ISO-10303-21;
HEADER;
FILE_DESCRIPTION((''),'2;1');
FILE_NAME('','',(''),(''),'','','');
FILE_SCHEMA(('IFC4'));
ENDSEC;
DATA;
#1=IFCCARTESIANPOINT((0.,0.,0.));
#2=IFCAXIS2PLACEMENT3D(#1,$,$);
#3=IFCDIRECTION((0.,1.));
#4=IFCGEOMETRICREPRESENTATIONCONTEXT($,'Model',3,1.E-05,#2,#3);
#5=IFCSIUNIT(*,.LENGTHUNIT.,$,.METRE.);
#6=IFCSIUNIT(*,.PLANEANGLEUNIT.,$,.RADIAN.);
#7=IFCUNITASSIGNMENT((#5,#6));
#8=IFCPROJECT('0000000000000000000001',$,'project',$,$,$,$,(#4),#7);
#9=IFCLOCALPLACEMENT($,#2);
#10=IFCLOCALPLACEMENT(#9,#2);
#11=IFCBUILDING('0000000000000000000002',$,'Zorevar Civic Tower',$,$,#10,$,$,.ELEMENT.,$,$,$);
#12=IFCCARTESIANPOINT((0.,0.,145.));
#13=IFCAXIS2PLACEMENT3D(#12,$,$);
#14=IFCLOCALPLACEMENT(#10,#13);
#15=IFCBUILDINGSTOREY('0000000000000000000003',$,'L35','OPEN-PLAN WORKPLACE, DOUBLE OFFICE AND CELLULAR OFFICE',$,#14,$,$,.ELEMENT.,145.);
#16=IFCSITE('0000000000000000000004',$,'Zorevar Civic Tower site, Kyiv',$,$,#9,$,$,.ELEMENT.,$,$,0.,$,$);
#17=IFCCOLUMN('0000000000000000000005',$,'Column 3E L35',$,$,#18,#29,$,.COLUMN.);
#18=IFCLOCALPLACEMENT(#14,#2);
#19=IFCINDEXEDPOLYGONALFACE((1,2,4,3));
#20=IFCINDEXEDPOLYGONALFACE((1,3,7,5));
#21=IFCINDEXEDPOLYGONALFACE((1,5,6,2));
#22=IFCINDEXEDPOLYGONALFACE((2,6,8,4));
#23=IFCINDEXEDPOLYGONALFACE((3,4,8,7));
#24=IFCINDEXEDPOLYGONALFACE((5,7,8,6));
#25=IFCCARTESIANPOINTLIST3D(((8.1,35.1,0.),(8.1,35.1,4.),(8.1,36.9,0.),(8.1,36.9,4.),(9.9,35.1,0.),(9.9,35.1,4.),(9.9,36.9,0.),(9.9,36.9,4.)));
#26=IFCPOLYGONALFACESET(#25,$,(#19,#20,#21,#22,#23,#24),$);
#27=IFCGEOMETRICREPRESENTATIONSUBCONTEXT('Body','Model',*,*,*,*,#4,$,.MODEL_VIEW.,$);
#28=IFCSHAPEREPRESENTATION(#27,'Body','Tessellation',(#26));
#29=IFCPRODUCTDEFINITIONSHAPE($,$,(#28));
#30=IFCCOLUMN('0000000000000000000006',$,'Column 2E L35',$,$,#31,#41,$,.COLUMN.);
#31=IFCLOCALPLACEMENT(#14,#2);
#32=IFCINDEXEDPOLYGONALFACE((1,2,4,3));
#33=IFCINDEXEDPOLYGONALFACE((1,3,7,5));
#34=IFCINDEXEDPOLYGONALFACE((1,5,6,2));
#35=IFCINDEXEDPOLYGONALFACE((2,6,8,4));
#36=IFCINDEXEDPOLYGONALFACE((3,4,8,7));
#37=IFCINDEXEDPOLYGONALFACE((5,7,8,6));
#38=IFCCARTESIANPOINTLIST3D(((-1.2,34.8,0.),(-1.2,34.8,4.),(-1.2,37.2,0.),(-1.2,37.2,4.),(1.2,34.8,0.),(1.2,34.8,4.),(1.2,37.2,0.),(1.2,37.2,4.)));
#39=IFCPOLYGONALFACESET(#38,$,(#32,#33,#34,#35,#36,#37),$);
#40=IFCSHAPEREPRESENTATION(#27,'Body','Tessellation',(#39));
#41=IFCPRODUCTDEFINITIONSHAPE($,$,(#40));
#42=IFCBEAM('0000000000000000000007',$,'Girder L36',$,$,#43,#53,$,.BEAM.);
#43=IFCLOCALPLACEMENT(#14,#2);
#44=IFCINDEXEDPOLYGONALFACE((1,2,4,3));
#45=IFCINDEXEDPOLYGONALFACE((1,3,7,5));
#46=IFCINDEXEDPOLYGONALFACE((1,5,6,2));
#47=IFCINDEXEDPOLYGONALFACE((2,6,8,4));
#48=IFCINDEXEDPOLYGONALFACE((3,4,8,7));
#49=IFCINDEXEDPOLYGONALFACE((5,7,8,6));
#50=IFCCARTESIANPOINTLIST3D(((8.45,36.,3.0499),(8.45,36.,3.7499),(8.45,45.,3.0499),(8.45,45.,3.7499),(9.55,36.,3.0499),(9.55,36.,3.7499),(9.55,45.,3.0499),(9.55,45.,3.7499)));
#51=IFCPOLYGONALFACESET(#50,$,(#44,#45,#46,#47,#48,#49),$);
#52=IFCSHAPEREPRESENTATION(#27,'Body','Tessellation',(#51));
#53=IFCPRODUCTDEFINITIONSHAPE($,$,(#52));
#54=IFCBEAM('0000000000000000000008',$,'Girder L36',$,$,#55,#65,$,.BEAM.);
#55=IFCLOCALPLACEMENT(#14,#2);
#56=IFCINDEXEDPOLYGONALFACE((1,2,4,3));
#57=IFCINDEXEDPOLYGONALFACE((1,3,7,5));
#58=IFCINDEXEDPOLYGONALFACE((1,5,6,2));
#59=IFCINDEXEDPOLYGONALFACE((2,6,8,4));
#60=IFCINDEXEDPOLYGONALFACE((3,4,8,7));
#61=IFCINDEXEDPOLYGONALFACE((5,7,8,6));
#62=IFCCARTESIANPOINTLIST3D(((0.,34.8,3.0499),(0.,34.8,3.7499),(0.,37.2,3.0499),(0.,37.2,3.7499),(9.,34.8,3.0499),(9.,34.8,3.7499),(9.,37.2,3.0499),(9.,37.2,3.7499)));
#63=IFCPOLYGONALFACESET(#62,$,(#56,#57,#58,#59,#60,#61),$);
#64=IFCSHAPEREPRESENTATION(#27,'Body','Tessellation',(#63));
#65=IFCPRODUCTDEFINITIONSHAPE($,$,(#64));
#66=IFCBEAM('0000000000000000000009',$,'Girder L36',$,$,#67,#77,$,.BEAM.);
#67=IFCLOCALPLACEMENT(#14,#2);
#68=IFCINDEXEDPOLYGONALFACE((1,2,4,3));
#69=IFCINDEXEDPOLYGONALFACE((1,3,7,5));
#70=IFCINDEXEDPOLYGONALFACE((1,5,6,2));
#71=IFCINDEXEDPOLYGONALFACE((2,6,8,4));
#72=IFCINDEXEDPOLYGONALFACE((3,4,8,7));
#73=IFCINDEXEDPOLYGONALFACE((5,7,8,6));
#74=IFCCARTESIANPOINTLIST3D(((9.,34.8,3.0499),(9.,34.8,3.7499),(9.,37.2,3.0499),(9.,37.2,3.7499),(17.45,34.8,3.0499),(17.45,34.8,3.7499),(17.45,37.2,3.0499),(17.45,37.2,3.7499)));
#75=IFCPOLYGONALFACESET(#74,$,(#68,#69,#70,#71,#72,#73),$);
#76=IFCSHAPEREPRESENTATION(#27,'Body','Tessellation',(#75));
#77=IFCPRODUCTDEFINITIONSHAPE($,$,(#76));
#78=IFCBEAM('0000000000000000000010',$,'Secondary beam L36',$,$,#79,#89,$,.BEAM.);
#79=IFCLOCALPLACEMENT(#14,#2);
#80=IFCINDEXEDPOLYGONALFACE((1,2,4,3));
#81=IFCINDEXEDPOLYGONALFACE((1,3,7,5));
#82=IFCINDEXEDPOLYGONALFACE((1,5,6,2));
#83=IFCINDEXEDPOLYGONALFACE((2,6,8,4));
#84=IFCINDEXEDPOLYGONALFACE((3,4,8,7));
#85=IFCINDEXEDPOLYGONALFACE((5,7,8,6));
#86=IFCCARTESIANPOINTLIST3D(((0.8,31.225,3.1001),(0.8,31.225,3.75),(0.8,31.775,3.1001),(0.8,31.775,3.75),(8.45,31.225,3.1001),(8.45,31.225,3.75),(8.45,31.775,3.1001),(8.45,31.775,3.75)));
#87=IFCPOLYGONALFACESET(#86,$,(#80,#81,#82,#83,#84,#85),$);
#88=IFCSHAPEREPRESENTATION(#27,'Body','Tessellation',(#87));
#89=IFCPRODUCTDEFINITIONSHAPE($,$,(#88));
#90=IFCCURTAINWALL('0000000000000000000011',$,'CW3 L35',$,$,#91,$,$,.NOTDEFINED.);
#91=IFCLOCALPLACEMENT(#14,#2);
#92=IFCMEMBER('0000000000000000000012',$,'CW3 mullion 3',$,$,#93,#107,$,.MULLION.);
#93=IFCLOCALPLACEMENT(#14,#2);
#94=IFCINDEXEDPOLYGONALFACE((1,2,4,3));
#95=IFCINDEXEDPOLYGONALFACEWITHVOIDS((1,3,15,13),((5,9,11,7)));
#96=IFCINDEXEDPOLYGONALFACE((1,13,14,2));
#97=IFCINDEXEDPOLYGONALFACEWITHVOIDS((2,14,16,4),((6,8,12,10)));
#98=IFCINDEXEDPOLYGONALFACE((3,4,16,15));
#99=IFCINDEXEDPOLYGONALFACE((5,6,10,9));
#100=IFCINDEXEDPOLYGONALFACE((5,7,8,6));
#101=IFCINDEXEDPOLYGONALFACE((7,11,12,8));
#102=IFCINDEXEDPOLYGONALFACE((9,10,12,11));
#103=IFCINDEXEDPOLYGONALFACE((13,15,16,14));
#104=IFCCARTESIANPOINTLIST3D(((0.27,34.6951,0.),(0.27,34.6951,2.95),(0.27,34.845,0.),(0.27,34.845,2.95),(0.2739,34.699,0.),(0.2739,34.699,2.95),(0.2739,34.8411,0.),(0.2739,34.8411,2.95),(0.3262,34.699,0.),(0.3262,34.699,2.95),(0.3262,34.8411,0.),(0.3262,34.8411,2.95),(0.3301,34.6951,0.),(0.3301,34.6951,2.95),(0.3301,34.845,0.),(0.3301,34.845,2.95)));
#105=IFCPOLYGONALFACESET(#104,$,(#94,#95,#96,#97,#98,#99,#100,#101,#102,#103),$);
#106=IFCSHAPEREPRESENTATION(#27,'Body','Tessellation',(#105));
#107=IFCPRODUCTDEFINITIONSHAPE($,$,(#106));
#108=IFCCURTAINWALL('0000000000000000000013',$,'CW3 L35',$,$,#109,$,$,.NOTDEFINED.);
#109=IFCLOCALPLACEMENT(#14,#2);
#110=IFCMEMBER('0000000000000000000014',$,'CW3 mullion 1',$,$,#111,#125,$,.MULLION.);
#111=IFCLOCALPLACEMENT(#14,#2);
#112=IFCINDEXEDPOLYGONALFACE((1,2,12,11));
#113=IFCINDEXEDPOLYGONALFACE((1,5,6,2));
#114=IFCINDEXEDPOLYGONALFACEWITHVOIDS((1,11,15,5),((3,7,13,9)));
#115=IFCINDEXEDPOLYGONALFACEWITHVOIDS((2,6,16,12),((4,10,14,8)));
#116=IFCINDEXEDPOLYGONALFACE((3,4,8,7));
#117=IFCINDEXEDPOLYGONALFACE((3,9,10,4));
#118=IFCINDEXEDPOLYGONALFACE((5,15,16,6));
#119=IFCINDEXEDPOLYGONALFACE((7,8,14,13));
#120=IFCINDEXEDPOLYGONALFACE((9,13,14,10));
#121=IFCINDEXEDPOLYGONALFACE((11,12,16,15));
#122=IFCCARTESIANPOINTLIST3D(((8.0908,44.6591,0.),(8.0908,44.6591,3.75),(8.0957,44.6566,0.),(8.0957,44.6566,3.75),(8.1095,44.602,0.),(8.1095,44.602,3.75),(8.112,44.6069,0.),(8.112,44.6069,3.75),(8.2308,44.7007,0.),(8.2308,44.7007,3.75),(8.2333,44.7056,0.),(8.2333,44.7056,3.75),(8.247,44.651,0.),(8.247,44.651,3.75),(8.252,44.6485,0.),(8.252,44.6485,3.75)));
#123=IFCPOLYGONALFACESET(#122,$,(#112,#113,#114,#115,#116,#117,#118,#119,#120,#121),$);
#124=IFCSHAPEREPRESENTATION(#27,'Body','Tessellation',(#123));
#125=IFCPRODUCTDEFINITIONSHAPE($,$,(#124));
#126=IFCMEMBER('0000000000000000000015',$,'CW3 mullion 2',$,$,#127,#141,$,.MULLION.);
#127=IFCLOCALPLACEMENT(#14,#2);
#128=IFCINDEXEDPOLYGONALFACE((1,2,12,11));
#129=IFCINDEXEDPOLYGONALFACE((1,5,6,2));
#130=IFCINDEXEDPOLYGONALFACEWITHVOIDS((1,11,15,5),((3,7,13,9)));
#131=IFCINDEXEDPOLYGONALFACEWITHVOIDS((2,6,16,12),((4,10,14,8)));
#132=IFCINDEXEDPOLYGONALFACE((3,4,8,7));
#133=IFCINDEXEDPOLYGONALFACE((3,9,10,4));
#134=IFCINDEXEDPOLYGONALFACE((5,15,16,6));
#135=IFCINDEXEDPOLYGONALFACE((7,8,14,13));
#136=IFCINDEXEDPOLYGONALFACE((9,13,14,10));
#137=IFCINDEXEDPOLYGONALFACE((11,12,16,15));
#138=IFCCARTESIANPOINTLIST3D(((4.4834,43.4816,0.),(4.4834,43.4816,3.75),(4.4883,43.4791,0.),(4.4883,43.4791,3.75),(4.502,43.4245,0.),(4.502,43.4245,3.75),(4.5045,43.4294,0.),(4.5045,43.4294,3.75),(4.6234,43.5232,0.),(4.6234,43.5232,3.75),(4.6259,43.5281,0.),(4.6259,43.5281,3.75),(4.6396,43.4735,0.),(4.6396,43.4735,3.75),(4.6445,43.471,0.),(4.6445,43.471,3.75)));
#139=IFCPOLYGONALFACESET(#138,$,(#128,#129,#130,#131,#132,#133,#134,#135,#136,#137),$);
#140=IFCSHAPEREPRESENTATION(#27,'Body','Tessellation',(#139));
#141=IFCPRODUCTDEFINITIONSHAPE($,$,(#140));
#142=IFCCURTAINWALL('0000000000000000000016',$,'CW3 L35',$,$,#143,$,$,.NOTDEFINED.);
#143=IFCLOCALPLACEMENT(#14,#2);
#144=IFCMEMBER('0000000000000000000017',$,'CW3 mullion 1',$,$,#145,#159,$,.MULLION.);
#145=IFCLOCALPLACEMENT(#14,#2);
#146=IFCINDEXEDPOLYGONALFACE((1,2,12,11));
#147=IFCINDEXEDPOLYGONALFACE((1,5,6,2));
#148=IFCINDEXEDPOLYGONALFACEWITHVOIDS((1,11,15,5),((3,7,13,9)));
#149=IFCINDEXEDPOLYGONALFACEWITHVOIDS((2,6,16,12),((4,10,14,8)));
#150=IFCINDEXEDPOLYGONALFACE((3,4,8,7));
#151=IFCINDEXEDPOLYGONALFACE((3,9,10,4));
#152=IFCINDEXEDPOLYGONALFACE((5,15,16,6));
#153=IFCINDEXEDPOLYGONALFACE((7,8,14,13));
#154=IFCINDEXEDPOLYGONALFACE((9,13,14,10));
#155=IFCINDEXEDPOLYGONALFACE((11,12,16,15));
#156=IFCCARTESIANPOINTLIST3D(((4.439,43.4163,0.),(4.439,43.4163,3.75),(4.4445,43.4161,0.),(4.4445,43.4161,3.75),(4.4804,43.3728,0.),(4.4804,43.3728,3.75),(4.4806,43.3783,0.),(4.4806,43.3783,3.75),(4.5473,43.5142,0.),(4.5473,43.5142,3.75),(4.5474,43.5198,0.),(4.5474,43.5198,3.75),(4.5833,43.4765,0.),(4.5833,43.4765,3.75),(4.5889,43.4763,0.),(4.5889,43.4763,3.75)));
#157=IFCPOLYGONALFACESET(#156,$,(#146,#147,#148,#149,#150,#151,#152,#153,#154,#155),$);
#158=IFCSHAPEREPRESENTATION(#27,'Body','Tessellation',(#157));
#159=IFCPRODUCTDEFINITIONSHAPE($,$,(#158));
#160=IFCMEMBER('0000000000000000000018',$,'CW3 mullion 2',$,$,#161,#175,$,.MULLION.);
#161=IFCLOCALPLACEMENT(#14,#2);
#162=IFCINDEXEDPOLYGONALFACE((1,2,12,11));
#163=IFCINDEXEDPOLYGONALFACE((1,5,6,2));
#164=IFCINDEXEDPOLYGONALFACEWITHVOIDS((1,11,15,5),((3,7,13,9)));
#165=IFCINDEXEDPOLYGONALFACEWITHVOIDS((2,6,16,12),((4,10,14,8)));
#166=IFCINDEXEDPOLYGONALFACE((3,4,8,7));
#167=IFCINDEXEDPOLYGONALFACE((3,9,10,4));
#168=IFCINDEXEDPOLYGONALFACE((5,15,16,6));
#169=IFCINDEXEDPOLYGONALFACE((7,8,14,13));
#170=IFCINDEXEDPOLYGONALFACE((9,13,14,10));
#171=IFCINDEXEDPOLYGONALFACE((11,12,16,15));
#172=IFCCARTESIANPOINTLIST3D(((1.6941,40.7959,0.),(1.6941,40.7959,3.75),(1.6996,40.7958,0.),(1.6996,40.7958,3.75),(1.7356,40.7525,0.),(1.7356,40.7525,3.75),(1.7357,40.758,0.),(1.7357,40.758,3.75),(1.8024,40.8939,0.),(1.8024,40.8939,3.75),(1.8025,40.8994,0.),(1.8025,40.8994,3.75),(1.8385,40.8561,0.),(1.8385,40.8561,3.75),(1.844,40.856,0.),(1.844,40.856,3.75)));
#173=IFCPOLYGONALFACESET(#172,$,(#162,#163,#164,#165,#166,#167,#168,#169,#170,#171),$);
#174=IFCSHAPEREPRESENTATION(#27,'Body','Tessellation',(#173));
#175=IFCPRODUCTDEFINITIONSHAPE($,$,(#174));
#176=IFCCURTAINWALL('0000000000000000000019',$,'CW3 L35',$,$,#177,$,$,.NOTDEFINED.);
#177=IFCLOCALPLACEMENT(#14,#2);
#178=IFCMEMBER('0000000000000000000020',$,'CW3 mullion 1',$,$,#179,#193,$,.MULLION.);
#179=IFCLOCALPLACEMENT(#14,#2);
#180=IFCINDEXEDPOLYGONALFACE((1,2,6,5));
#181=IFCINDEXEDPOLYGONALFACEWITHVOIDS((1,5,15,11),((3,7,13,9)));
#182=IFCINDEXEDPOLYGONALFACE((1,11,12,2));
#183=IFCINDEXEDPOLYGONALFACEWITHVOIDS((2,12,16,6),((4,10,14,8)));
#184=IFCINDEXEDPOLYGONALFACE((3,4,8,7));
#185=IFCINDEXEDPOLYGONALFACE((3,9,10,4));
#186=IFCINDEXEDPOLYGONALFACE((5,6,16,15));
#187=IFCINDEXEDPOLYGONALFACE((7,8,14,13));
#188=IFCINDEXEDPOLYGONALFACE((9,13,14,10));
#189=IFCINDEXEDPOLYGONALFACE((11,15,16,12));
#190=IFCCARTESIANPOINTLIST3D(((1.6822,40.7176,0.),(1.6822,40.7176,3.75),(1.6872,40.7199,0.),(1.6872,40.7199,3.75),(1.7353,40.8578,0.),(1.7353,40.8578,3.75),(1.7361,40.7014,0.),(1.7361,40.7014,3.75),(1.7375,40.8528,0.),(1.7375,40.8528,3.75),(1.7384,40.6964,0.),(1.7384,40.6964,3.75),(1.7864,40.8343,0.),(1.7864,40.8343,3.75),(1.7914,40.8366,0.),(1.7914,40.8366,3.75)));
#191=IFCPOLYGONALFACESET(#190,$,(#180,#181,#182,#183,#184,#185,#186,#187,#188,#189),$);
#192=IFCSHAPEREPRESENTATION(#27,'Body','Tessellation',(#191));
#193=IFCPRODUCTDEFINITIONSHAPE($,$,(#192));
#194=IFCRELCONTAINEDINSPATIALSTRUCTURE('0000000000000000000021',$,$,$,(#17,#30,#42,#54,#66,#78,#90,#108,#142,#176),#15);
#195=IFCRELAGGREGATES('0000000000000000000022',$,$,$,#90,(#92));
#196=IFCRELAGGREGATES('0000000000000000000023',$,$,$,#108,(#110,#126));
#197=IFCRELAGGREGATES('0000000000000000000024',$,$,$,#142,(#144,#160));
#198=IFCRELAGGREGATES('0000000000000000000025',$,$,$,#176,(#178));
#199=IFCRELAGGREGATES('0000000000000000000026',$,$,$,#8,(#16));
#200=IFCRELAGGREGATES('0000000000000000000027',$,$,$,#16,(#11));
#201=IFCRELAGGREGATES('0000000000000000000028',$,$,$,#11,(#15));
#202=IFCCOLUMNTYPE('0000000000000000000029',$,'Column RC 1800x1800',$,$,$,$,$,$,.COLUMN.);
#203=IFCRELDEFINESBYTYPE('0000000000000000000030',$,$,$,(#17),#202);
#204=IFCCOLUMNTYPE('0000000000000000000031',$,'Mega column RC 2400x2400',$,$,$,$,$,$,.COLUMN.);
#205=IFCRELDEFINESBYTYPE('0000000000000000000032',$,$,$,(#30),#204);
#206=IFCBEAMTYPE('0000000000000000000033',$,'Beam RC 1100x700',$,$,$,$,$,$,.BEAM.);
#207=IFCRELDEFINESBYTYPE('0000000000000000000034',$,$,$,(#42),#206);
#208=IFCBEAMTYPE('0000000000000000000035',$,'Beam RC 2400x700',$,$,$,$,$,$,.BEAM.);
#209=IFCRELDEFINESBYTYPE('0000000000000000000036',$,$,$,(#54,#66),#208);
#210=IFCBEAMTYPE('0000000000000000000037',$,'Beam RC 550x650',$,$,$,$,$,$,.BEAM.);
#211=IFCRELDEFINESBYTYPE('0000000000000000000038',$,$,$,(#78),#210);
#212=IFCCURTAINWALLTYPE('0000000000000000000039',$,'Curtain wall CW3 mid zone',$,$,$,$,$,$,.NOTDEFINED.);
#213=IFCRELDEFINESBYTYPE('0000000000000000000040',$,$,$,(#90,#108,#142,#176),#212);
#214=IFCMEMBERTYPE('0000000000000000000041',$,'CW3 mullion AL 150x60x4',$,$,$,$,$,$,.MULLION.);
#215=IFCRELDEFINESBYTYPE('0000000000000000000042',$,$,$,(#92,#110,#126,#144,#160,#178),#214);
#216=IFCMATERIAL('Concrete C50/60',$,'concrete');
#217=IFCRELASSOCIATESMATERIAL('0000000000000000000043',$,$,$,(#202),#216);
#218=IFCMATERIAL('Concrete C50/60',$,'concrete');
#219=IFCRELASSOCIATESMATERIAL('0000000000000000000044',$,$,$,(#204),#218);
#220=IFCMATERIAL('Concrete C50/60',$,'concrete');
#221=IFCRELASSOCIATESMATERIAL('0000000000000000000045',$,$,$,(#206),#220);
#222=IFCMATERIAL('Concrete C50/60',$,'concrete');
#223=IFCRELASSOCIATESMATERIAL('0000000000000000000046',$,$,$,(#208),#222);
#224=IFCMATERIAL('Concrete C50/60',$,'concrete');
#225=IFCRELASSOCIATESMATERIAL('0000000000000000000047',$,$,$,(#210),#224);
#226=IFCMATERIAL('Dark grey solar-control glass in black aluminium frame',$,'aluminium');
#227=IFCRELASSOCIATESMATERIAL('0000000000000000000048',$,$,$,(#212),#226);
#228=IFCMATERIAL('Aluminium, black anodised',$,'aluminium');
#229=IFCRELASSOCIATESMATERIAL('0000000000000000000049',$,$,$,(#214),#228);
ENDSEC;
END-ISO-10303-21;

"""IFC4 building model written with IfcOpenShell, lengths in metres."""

from ifc_helpers import new_model, si_unit, direction, frame, origin, origin_2d, place, context, subcontext, project, spatial, rectangle, hollow_rectangle, extrude, material, material_profile, profile_set, type_object, element, aggregate, save


model = new_model("IFC4")

# Units and contexts
model_context = context("Model", 3, precision=1e-05, world=origin(), true_north=direction((0.0, 1.0)))
body_context = subcontext(model_context, "Body", "Model", "MODEL_VIEW")
ifc_project = project(units=[si_unit("LENGTHUNIT", "METRE"), si_unit("PLANEANGLEUNIT", "RADIAN")], contexts=[model_context])

# Site, building, storey
site_placement = place(None, origin())
site = spatial("IfcSite", under=ifc_project, at=site_placement, Name="Zorevar Civic Tower site, Kyiv", CompositionType="ELEMENT", RefElevation=0.0)
building_placement = place(site_placement, origin())
building = spatial("IfcBuilding", under=site, at=building_placement, Name="Zorevar Civic Tower", CompositionType="ELEMENT")
storey_placement = place(building_placement, frame((0.0, 0.0, 145.0)))
storey = spatial("IfcBuildingStorey", under=building, at=storey_placement, Name="L35", Description="OPEN-PLAN WORKPLACE, DOUBLE OFFICE AND CELLULAR OFFICE", CompositionType="ELEMENT", Elevation=145.0)

# Columns
ifc_material_1 = material(Name="Concrete C50/60", Category="concrete")
ifc_material_profile_1 = material_profile(ifc_material_1, rectangle(XDim=1.8, YDim=1.8, at=origin_2d()), Name="RC 1800x1800")
ifc_profile_set_1 = profile_set([ifc_material_profile_1], Name="Concrete C50/60")
column_type_1 = type_object("IfcColumnType", Name="Column RC 1800x1800", PredefinedType="COLUMN", material=ifc_profile_set_1)
column_1_placement = place(storey_placement, frame((9.0, 36.0, 0.0), z_axis=(0.0, 0.0, 1.0), x_axis=(1.0, 0.0, 0.0)))
element("IfcColumn", 1, at=column_1_placement, inside=storey, type_object=column_type_1, Name="Column 3E L35", PredefinedType="COLUMN", context=body_context, shape_type="SweptSolid", body=[
    extrude(rectangle(XDim=1.8, YDim=1.8, at=origin_2d()), origin(), (0.0, 0.0, 1.0), 4.0),
])
ifc_material_2 = material(Name="Concrete C50/60", Category="concrete")
ifc_material_profile_2 = material_profile(ifc_material_2, rectangle(XDim=2.3999, YDim=2.3999, at=origin_2d()), Name="RC 2400x2400")
ifc_profile_set_2 = profile_set([ifc_material_profile_2], Name="Concrete C50/60")
column_type_2 = type_object("IfcColumnType", Name="Mega column RC 2400x2400", PredefinedType="COLUMN", material=ifc_profile_set_2)
column_2_placement = place(storey_placement, frame((0.0, 36.0, 0.0), z_axis=(0.0, 0.0, 1.0), x_axis=(1.0, 0.0, 0.0)))
element("IfcColumn", 2, at=column_2_placement, inside=storey, type_object=column_type_2, Name="Column 2E L35", PredefinedType="COLUMN", context=body_context, shape_type="SweptSolid", body=[
    extrude(rectangle(XDim=2.3999, YDim=2.3999, at=origin_2d()), origin(), (0.0, 0.0, 1.0), 4.0),
])

# Beams
ifc_material_3 = material(Name="Concrete C50/60", Category="concrete")
ifc_material_profile_3 = material_profile(ifc_material_3, rectangle(XDim=1.1001, YDim=0.7, at=origin_2d()), Name="RC 1100x700")
ifc_profile_set_3 = profile_set([ifc_material_profile_3], Name="Concrete C50/60")
beam_type_1 = type_object("IfcBeamType", Name="Beam RC 1100x700", PredefinedType="BEAM", material=ifc_profile_set_3)
beam_1_placement = place(storey_placement, frame((9.0, 36.0, 3.3999), z_axis=(0.0, 1.0, 0.0), x_axis=(-1.0, 0.0, 0.0)))
element("IfcBeam", 3, at=beam_1_placement, inside=storey, type_object=beam_type_1, Name="Girder L36", PredefinedType="BEAM", context=body_context, shape_type="SweptSolid", body=[
    extrude(rectangle(XDim=1.1001, YDim=0.7, at=origin_2d()), origin(), (0.0, 0.0, 1.0), 9.0),
])
ifc_material_4 = material(Name="Concrete C50/60", Category="concrete")
ifc_material_profile_4 = material_profile(ifc_material_4, rectangle(XDim=2.3999, YDim=0.7, at=origin_2d()), Name="RC 2400x700")
ifc_profile_set_4 = profile_set([ifc_material_profile_4], Name="Concrete C50/60")
beam_type_2 = type_object("IfcBeamType", Name="Beam RC 2400x700", PredefinedType="BEAM", material=ifc_profile_set_4)
beam_2_placement = place(storey_placement, frame((0.0, 36.0, 3.3999), z_axis=(1.0, 0.0, 0.0), x_axis=(0.0, 1.0, 0.0)))
element("IfcBeam", 4, at=beam_2_placement, inside=storey, type_object=beam_type_2, Name="Girder L36", PredefinedType="BEAM", context=body_context, shape_type="SweptSolid", body=[
    extrude(rectangle(XDim=2.3999, YDim=0.7, at=origin_2d()), origin(), (0.0, 0.0, 1.0), 9.0),
])
beam_3_placement = place(storey_placement, frame((9.0, 36.0, 3.3999), z_axis=(1.0, 0.0, 0.0), x_axis=(0.0, 1.0, 0.0)))
element("IfcBeam", 5, at=beam_3_placement, inside=storey, type_object=beam_type_2, Name="Girder L36", PredefinedType="BEAM", context=body_context, shape_type="SweptSolid", body=[
    extrude(rectangle(XDim=2.3999, YDim=0.7, at=origin_2d()), origin(), (0.0, 0.0, 1.0), 8.45),
])
ifc_material_5 = material(Name="Concrete C50/60", Category="concrete")
ifc_material_profile_5 = material_profile(ifc_material_5, rectangle(XDim=0.55, YDim=0.6499, at=origin_2d()), Name="RC 550x650")
ifc_profile_set_5 = profile_set([ifc_material_profile_5], Name="Concrete C50/60")
beam_type_3 = type_object("IfcBeamType", Name="Beam RC 550x650", PredefinedType="BEAM", material=ifc_profile_set_5)
beam_4_placement = place(storey_placement, frame((0.8, 31.5, 3.425), z_axis=(1.0, 0.0, 0.0), x_axis=(0.0, 1.0, 0.0)))
element("IfcBeam", 6, at=beam_4_placement, inside=storey, type_object=beam_type_3, Name="Secondary beam L36", PredefinedType="BEAM", context=body_context, shape_type="SweptSolid", body=[
    extrude(rectangle(XDim=0.55, YDim=0.6499, at=origin_2d()), origin(), (0.0, 0.0, 1.0), 7.6499),
])

# Curtain wall, member
ifc_material_6 = material(Name="Dark grey solar-control glass in black aluminium frame", Category="aluminium")
curtain_wall_type = type_object("IfcCurtainWallType", Name="Curtain wall CW3 mid zone", PredefinedType="NOTDEFINED", material=ifc_material_6)
curtain_wall_1_placement = place(storey_placement, origin())
curtain_wall_1 = element("IfcCurtainWall", 7, at=curtain_wall_1_placement, inside=storey, type_object=curtain_wall_type, Name="CW3 L35", PredefinedType="NOTDEFINED")
ifc_material_7 = material(Name="Aluminium, black anodised", Category="aluminium")
ifc_material_profile_6 = material_profile(ifc_material_7, hollow_rectangle(XDim=0.0601, YDim=0.1499, WallThickness=0.0039, at=origin_2d()), Name="AL 150x60x4")
ifc_profile_set_6 = profile_set([ifc_material_profile_6], Name="Aluminium, black anodised")
member_type_1 = type_object("IfcMemberType", Name="CW3 mullion AL 150x60x4", PredefinedType="MULLION", material=ifc_profile_set_6)
member_1_placement = place(storey_placement, frame((0.3, 34.77, 0.0), z_axis=(0.0, 0.0, 1.0), x_axis=(-1.0, 0.0, 0.0)))
member_1 = element("IfcMember", 8, at=member_1_placement, type_object=member_type_1, Name="CW3 mullion 3", PredefinedType="MULLION", context=body_context, shape_type="SweptSolid", body=[
    extrude(hollow_rectangle(XDim=0.0601, YDim=0.1499, WallThickness=0.0039, at=origin_2d()), origin(), (0.0, 0.0, 1.0), 2.95),
])

# Curtain walls, members
curtain_wall_2_placement = place(storey_placement, origin())
curtain_wall_2 = element("IfcCurtainWall", 9, at=curtain_wall_2_placement, inside=storey, type_object=curtain_wall_type, Name="CW3 L35", PredefinedType="NOTDEFINED")
member_2_placement = place(storey_placement, frame((8.1714, 44.6538, 0.0), z_axis=(0.0, 0.0, 1.0), x_axis=(0.310263, -0.950651, 0.0)))
member_2 = element("IfcMember", 10, at=member_2_placement, type_object=member_type_1, Name="CW3 mullion 1", PredefinedType="MULLION", context=body_context, shape_type="SweptSolid", body=[
    extrude(hollow_rectangle(XDim=0.0601, YDim=0.1499, WallThickness=0.0039, at=origin_2d()), origin(), (0.0, 0.0, 1.0), 3.75),
])
member_3_placement = place(storey_placement, frame((4.564, 43.4763, 0.0), z_axis=(0.0, 0.0, 1.0), x_axis=(0.310263, -0.950651, 0.0)))
member_3 = element("IfcMember", 11, at=member_3_placement, type_object=member_type_1, Name="CW3 mullion 2", PredefinedType="MULLION", context=body_context, shape_type="SweptSolid", body=[
    extrude(hollow_rectangle(XDim=0.0601, YDim=0.1499, WallThickness=0.0039, at=origin_2d()), origin(), (0.0, 0.0, 1.0), 3.75),
])
curtain_wall_3_placement = place(storey_placement, origin())
curtain_wall_3 = element("IfcCurtainWall", 12, at=curtain_wall_3_placement, inside=storey, type_object=curtain_wall_type, Name="CW3 L35", PredefinedType="NOTDEFINED")
member_4_placement = place(storey_placement, frame((4.5139, 43.4463, 0.0), z_axis=(0.0, 0.0, 1.0), x_axis=(0.690545, -0.723289, 0.0)))
member_4 = element("IfcMember", 13, at=member_4_placement, type_object=member_type_1, Name="CW3 mullion 1", PredefinedType="MULLION", context=body_context, shape_type="SweptSolid", body=[
    extrude(hollow_rectangle(XDim=0.0601, YDim=0.1499, WallThickness=0.0039, at=origin_2d()), origin(), (0.0, 0.0, 1.0), 3.75),
])
member_5_placement = place(storey_placement, frame((1.769, 40.8259, 0.0), z_axis=(0.0, 0.0, 1.0), x_axis=(0.690545, -0.723289, 0.0)))
member_5 = element("IfcMember", 14, at=member_5_placement, type_object=member_type_1, Name="CW3 mullion 2", PredefinedType="MULLION", context=body_context, shape_type="SweptSolid", body=[
    extrude(hollow_rectangle(XDim=0.0601, YDim=0.1499, WallThickness=0.0039, at=origin_2d()), origin(), (0.0, 0.0, 1.0), 3.75),
])
curtain_wall_4_placement = place(storey_placement, origin())
curtain_wall_4 = element("IfcCurtainWall", 15, at=curtain_wall_4_placement, inside=storey, type_object=curtain_wall_type, Name="CW3 L35", PredefinedType="NOTDEFINED")
member_6_placement = place(storey_placement, frame((1.7368, 40.7771, 0.0), z_axis=(0.0, 0.0, 1.0), x_axis=(0.935277, -0.353918, 0.0)))
member_6 = element("IfcMember", 16, at=member_6_placement, type_object=member_type_1, Name="CW3 mullion 1", PredefinedType="MULLION", context=body_context, shape_type="SweptSolid", body=[
    extrude(hollow_rectangle(XDim=0.0601, YDim=0.1499, WallThickness=0.0039, at=origin_2d()), origin(), (0.0, 0.0, 1.0), 3.75),
])

aggregate(curtain_wall_1, [member_1])
aggregate(curtain_wall_2, [member_2, member_3])
aggregate(curtain_wall_3, [member_4, member_5])
aggregate(curtain_wall_4, [member_6])

save(model, "model.ifc")
